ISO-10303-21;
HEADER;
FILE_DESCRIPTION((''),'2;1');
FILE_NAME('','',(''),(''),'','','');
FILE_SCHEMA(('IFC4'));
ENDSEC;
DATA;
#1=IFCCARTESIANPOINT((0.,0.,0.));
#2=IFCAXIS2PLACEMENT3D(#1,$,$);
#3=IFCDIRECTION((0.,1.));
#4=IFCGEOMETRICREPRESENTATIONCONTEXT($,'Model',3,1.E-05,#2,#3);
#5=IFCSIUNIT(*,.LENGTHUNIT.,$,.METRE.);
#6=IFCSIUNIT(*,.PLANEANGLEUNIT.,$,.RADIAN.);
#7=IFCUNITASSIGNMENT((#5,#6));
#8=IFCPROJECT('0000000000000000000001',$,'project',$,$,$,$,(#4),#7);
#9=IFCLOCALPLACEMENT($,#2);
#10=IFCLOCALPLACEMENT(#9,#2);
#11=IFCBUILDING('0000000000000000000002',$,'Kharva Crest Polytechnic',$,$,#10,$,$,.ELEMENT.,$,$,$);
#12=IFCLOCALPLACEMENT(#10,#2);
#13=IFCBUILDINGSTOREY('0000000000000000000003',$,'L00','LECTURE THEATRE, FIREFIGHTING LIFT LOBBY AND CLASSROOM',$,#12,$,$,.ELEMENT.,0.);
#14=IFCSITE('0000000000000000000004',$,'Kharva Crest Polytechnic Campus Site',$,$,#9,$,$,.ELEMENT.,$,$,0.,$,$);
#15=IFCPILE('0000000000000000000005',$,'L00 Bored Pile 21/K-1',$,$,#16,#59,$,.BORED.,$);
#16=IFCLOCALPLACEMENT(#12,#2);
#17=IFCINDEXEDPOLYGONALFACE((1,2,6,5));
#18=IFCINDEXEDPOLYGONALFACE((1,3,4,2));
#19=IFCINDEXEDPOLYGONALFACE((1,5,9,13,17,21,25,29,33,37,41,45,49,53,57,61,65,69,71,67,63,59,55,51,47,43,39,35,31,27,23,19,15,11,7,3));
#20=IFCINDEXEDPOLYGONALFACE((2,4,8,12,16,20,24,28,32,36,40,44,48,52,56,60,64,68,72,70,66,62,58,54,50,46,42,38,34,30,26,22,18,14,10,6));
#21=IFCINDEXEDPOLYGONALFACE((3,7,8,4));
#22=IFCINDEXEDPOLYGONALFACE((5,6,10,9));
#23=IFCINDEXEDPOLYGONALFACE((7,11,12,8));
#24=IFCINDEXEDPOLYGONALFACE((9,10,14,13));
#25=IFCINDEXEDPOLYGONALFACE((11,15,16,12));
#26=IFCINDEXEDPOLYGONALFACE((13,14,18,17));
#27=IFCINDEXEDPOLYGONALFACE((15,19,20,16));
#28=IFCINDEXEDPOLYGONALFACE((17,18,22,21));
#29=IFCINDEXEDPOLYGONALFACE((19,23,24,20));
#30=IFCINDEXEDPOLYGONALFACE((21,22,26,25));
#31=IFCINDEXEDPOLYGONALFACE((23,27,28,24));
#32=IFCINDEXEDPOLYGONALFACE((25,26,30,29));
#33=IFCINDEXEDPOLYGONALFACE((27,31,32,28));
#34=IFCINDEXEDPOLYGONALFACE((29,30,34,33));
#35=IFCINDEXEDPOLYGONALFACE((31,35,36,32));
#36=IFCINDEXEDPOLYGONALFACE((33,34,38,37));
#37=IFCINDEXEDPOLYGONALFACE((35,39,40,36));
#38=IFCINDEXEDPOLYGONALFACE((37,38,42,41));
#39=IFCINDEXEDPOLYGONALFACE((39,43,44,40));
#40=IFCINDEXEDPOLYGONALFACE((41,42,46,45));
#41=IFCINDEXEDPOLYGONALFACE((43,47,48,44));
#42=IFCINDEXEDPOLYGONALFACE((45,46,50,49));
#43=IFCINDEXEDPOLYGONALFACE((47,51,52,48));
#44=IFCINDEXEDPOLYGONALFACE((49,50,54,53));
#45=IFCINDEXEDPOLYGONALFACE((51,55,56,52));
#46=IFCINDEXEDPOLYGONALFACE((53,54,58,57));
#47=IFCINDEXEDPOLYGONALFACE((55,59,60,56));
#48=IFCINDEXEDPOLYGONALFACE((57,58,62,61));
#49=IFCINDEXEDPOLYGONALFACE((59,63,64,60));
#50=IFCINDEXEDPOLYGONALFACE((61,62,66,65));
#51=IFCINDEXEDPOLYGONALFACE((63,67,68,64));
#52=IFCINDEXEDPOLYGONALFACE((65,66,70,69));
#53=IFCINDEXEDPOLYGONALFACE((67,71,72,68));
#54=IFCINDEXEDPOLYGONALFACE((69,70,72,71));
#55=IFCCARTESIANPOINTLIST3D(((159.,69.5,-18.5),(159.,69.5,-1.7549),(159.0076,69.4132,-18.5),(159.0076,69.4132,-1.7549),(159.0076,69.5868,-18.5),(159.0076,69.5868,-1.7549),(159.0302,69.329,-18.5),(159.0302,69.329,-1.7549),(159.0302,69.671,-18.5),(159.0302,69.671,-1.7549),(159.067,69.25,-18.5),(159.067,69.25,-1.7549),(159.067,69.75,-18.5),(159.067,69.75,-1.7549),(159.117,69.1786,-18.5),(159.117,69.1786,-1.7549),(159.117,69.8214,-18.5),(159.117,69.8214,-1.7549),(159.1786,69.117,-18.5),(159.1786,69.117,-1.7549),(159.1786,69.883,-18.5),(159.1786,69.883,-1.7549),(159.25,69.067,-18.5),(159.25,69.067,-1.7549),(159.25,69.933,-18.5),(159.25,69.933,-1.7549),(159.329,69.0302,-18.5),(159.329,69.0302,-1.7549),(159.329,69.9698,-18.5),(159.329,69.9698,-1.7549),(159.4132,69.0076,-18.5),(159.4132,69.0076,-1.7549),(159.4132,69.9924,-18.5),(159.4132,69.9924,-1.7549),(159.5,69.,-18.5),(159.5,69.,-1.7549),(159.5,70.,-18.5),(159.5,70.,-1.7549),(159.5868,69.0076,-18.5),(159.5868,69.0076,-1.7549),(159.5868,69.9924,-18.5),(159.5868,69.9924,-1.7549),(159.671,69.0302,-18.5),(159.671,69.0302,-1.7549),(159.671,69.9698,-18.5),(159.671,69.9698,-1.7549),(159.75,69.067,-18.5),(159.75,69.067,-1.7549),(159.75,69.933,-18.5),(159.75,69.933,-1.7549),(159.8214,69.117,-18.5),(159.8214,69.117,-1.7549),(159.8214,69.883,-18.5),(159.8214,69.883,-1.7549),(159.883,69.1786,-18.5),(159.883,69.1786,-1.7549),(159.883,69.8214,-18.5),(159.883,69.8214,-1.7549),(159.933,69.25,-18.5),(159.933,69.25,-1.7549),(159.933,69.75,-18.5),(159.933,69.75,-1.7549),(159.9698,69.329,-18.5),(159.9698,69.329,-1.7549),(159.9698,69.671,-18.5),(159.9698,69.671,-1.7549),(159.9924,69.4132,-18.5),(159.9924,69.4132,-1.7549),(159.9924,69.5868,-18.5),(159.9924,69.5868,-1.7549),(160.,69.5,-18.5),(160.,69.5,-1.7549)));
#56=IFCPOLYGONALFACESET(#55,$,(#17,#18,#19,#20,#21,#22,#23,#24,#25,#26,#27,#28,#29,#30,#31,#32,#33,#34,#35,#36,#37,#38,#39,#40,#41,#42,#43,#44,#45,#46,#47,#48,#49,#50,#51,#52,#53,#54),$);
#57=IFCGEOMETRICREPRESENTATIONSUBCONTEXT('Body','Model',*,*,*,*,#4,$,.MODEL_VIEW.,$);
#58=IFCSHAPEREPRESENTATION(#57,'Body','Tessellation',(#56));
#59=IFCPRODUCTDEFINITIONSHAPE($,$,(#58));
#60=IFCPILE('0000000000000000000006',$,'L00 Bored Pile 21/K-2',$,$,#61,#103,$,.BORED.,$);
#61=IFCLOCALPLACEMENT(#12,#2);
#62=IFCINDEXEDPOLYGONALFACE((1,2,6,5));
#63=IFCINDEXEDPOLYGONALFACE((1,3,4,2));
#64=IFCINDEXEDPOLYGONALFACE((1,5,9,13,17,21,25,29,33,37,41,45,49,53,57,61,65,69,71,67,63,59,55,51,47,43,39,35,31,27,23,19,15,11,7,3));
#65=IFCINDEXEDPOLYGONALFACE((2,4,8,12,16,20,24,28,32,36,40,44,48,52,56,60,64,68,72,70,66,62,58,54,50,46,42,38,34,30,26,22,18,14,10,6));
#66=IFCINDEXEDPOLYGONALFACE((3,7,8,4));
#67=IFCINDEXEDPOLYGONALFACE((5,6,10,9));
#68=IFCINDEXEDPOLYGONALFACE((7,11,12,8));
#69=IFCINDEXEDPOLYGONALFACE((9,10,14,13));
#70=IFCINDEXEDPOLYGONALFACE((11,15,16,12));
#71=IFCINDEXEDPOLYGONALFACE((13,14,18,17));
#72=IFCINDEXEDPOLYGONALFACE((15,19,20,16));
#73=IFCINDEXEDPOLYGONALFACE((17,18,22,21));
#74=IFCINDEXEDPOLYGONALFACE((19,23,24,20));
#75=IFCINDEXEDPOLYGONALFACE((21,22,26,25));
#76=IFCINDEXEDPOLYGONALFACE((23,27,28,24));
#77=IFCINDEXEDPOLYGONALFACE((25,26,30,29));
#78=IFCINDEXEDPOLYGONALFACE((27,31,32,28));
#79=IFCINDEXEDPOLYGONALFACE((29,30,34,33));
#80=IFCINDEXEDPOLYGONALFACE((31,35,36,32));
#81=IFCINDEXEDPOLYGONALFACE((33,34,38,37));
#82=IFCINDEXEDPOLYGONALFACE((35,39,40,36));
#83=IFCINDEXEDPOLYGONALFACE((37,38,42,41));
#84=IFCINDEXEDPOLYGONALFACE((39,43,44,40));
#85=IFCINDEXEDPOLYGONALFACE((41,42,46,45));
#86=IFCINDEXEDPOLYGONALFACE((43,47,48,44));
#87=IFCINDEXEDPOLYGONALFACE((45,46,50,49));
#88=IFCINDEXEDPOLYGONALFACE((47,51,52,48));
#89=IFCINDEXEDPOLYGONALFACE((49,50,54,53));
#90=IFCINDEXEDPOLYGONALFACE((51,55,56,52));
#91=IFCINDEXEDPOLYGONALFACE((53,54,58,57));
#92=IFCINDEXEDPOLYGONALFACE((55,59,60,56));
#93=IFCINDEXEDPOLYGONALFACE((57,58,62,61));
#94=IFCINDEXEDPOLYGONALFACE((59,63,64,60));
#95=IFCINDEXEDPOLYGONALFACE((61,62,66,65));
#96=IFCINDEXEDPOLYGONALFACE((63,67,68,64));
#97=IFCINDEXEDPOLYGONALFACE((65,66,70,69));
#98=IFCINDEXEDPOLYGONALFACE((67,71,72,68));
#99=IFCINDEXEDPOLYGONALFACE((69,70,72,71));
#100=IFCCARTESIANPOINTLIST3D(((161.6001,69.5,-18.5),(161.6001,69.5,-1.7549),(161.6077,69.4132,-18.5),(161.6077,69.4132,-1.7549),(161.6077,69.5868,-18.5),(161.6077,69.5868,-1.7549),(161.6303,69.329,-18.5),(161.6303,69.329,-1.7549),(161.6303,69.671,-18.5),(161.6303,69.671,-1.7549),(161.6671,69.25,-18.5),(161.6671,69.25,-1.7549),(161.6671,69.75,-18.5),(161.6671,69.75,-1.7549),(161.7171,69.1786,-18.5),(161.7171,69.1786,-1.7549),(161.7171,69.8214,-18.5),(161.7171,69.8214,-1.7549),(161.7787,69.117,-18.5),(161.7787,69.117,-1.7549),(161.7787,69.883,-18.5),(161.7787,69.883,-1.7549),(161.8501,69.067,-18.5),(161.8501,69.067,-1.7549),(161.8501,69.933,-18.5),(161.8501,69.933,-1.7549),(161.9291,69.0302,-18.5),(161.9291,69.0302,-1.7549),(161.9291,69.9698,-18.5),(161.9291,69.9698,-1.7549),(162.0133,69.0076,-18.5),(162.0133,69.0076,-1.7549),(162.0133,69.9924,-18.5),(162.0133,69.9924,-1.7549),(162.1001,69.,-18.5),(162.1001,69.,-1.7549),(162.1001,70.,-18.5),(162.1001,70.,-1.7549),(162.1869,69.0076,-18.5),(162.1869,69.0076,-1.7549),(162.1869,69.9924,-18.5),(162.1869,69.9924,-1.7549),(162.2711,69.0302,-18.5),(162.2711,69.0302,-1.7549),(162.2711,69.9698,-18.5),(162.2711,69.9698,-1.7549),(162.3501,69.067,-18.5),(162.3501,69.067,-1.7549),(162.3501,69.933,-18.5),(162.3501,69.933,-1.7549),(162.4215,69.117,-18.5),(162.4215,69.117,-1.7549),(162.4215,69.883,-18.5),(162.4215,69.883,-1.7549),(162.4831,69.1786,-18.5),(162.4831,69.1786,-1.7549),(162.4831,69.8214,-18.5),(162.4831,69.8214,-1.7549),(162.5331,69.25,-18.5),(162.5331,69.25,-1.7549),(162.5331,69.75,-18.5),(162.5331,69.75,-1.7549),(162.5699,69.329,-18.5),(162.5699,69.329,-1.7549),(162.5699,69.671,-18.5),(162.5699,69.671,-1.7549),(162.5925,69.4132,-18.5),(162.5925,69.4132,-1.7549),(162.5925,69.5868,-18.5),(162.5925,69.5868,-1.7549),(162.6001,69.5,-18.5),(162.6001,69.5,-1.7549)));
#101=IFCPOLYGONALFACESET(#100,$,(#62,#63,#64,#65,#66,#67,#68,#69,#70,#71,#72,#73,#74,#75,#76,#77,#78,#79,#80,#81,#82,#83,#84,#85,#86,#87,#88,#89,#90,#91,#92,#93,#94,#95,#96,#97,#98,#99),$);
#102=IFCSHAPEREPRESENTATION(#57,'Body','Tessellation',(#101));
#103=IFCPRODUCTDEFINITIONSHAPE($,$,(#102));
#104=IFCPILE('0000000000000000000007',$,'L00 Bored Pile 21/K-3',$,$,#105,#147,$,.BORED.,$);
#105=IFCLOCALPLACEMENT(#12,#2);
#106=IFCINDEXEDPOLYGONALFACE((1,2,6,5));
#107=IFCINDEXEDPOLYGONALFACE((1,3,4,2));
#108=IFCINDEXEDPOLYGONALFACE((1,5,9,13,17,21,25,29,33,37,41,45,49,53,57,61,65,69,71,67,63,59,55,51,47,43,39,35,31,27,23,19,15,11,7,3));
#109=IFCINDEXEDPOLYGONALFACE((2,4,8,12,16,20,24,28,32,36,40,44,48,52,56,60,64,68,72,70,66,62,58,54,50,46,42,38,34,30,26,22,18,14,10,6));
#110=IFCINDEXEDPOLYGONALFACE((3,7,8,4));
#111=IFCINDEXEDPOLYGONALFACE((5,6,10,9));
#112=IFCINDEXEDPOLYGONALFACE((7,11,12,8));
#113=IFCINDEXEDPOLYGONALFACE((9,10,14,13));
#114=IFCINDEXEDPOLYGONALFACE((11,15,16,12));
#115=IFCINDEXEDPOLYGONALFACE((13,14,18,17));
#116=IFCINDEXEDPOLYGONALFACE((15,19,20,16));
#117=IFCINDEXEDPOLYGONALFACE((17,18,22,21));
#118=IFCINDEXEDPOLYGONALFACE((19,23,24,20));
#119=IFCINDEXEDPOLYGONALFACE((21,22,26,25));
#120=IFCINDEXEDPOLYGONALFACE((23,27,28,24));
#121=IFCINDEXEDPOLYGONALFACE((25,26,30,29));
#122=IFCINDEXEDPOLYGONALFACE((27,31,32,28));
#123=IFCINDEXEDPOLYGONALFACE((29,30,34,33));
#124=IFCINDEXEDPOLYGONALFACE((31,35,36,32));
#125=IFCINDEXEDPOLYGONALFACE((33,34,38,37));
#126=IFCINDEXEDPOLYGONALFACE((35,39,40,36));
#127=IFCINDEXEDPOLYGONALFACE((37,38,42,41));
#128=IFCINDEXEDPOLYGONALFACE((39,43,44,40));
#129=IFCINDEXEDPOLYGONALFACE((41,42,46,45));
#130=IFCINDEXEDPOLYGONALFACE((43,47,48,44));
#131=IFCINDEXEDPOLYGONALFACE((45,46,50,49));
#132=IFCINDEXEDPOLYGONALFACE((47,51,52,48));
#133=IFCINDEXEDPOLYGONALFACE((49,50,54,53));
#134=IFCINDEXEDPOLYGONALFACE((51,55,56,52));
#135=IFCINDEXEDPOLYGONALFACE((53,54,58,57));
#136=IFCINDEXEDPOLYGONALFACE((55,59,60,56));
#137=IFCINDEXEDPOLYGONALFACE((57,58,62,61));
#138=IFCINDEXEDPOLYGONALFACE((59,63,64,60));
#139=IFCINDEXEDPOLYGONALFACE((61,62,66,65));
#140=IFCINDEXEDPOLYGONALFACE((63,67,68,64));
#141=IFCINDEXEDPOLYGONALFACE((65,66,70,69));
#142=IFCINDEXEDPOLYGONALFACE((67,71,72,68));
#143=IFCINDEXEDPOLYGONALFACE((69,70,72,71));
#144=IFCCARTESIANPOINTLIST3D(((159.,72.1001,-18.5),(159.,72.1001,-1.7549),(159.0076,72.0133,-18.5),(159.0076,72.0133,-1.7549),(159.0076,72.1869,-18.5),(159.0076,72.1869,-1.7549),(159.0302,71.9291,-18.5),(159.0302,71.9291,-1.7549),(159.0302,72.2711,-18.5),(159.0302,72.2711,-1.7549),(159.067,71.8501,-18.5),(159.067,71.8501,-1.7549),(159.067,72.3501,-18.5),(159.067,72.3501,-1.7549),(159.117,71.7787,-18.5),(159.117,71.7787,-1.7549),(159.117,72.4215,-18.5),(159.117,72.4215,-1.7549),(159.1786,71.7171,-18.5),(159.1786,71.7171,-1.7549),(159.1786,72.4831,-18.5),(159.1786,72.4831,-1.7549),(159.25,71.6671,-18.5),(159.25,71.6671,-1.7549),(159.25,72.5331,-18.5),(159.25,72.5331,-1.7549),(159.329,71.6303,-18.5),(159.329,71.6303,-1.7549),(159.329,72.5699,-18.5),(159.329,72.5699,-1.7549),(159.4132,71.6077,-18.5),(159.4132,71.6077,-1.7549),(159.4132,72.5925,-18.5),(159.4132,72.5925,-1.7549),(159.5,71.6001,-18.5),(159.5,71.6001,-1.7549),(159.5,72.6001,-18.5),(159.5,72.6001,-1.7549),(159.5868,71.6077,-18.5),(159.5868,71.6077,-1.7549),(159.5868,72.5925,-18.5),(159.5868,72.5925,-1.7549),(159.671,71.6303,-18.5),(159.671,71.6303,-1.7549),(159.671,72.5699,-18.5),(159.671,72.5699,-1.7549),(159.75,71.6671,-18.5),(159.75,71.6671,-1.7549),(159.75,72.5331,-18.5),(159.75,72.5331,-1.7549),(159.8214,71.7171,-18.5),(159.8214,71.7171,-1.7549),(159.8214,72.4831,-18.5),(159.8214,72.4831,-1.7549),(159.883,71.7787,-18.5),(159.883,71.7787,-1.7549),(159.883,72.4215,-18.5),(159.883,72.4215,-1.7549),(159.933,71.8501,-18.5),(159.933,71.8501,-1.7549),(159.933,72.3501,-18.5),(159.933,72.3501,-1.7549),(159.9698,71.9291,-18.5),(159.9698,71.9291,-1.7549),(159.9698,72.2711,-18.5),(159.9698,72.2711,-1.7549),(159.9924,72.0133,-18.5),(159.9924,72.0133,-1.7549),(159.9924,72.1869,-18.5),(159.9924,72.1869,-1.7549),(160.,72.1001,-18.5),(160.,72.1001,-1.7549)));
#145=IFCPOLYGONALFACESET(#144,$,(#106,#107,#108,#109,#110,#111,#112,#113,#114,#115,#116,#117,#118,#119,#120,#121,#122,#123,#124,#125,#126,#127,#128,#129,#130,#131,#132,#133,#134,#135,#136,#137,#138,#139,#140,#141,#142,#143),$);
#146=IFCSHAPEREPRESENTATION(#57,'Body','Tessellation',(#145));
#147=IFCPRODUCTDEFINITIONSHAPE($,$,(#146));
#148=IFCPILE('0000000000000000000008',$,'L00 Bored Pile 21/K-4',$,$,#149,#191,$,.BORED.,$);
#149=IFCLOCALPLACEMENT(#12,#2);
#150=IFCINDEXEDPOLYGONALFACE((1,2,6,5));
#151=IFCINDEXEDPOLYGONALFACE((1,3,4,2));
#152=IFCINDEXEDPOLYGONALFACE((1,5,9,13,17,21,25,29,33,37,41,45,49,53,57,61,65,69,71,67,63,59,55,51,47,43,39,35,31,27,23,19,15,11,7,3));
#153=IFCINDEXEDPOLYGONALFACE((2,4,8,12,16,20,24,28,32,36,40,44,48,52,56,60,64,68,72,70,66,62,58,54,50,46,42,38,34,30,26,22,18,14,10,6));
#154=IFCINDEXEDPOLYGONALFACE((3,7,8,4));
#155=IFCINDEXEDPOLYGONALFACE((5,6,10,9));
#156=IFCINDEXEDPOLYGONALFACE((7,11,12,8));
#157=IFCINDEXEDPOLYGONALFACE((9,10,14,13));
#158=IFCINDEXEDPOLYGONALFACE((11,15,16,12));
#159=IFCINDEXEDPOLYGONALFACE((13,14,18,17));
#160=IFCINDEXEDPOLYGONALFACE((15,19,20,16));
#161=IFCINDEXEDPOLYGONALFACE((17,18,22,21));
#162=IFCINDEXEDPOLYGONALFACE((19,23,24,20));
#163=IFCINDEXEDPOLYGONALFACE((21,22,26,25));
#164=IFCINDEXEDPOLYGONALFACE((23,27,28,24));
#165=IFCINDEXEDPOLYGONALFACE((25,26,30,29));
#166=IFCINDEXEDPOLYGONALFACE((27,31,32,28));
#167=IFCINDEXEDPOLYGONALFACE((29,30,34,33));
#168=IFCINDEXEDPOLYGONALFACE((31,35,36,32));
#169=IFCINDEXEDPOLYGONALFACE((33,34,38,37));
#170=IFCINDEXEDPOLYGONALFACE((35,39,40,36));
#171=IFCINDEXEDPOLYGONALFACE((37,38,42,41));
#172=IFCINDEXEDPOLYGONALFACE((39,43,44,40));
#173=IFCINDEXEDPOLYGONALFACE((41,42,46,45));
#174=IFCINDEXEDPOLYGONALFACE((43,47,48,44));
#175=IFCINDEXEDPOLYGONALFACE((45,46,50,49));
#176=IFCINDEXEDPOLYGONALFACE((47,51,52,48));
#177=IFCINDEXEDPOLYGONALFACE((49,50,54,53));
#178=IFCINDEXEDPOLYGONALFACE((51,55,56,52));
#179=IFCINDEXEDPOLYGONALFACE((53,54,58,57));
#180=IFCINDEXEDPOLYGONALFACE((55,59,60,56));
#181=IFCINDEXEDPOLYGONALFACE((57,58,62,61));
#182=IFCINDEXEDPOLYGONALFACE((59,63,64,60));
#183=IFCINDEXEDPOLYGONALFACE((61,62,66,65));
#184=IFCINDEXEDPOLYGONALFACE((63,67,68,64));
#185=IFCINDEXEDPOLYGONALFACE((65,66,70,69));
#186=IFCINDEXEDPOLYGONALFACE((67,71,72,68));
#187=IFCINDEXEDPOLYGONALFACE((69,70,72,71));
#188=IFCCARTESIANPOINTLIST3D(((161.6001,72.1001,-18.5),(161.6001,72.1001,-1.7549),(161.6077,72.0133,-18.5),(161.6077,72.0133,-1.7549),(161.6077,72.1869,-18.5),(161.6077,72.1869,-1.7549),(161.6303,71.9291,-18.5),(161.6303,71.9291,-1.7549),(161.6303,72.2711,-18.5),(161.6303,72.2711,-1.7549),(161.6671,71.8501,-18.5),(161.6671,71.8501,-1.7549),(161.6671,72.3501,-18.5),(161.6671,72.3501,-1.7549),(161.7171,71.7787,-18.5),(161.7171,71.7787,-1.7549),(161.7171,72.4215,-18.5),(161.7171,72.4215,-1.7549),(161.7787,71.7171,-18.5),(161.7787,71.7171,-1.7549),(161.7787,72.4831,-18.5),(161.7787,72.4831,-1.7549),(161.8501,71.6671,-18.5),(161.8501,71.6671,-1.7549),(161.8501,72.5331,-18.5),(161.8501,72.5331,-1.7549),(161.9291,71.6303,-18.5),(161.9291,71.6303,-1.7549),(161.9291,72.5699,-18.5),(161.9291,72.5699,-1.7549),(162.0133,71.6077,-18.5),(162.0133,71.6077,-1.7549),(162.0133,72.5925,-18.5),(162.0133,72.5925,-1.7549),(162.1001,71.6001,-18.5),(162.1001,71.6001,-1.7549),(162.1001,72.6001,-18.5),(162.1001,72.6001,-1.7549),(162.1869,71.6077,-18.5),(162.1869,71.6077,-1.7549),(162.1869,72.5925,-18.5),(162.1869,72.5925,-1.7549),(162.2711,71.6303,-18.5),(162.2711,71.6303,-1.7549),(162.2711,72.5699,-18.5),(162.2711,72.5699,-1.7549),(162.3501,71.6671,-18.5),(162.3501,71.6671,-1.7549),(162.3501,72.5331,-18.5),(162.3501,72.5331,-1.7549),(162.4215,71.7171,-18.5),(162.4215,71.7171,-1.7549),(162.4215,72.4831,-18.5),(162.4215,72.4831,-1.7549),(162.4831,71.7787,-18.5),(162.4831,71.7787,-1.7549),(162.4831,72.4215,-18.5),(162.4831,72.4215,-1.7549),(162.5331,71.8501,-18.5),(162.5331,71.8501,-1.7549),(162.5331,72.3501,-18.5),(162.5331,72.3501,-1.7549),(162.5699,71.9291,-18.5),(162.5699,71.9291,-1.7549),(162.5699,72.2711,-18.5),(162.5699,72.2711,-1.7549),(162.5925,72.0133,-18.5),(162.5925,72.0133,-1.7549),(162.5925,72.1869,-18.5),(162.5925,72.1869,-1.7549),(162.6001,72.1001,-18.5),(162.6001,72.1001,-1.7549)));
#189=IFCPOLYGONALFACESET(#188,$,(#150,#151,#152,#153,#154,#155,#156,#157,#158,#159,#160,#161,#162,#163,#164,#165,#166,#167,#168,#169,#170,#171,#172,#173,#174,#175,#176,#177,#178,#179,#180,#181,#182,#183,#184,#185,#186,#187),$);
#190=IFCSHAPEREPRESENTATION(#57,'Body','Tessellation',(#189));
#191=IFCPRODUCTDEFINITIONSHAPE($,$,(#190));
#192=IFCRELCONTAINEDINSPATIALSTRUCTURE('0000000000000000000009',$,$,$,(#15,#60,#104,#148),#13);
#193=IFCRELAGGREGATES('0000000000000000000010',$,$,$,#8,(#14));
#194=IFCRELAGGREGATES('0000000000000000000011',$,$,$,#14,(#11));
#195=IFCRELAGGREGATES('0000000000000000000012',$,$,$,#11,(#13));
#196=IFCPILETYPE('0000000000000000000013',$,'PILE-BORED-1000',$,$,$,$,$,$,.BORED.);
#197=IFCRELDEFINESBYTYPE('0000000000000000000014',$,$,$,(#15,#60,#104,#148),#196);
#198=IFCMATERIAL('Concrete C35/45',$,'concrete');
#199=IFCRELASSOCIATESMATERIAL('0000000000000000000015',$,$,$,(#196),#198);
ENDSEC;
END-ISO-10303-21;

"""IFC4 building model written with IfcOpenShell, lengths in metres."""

from ifc_helpers import new_model, si_unit, direction, frame, origin, origin_2d, place, context, subcontext, project, spatial, circle, extrude, material, material_profile, profile_set, type_object, element, save


model = new_model("IFC4")

# Units and contexts
model_context = context("Model", 3, precision=1e-05, world=origin(), true_north=direction((0.0, 1.0)))
body_context = subcontext(model_context, "Body", "Model", "MODEL_VIEW")
ifc_project = project(units=[si_unit("LENGTHUNIT", "METRE"), si_unit("PLANEANGLEUNIT", "RADIAN")], contexts=[model_context])

# Site, building, storey
site_placement = place(None, origin())
site = spatial("IfcSite", under=ifc_project, at=site_placement, Name="Kharva Crest Polytechnic Campus Site", CompositionType="ELEMENT", RefElevation=0.0)
building_placement = place(site_placement, origin())
building = spatial("IfcBuilding", under=site, at=building_placement, Name="Kharva Crest Polytechnic", CompositionType="ELEMENT")
storey_placement = place(building_placement, origin())
storey = spatial("IfcBuildingStorey", under=building, at=storey_placement, Name="L00", Description="LECTURE THEATRE, FIREFIGHTING LIFT LOBBY AND CLASSROOM", CompositionType="ELEMENT", Elevation=0.0)

# Shared definitions
ifc_material_1 = material(Name="Concrete C35/45", Category="concrete")

# Piles
ifc_material_profile_1 = material_profile(ifc_material_1, circle(Radius=0.5, at=origin_2d()), Name="DIA 1000")
ifc_profile_set_1 = profile_set([ifc_material_profile_1], Name="Concrete C35/45")
pile_type_1 = type_object("IfcPileType", Name="PILE-BORED-1000", PredefinedType="BORED", material=ifc_profile_set_1)
for number, where, z_axis, x_axis, name in (
    (1, (159.5, 69.5, -1.7549), (0.0, 0.0, -1.0), (1.0, 0.0, 0.0), "L00 Bored Pile 21/K-1"),
    (2, (162.1001, 69.5, -1.7549), (0.0, 0.0, -1.0), (1.0, 0.0, 0.0), "L00 Bored Pile 21/K-2"),
    (3, (159.5, 72.1001, -1.7549), (0.0, 0.0, -1.0), (1.0, 0.0, 0.0), "L00 Bored Pile 21/K-3"),
    (4, (162.1001, 72.1001, -1.7549), (0.0, 0.0, -1.0), (1.0, 0.0, 0.0), "L00 Bored Pile 21/K-4"),
):
    element("IfcPile", number, at=place(storey_placement, frame(where, z_axis=z_axis, x_axis=x_axis)), inside=storey, type_object=pile_type_1, Name=name, PredefinedType="BORED", context=body_context, shape_type="SweptSolid", body=[
        extrude(circle(Radius=0.5, at=origin_2d()), origin(), (0.0, 0.0, 1.0), 16.7451),
    ])

save(model, "model.ifc")
